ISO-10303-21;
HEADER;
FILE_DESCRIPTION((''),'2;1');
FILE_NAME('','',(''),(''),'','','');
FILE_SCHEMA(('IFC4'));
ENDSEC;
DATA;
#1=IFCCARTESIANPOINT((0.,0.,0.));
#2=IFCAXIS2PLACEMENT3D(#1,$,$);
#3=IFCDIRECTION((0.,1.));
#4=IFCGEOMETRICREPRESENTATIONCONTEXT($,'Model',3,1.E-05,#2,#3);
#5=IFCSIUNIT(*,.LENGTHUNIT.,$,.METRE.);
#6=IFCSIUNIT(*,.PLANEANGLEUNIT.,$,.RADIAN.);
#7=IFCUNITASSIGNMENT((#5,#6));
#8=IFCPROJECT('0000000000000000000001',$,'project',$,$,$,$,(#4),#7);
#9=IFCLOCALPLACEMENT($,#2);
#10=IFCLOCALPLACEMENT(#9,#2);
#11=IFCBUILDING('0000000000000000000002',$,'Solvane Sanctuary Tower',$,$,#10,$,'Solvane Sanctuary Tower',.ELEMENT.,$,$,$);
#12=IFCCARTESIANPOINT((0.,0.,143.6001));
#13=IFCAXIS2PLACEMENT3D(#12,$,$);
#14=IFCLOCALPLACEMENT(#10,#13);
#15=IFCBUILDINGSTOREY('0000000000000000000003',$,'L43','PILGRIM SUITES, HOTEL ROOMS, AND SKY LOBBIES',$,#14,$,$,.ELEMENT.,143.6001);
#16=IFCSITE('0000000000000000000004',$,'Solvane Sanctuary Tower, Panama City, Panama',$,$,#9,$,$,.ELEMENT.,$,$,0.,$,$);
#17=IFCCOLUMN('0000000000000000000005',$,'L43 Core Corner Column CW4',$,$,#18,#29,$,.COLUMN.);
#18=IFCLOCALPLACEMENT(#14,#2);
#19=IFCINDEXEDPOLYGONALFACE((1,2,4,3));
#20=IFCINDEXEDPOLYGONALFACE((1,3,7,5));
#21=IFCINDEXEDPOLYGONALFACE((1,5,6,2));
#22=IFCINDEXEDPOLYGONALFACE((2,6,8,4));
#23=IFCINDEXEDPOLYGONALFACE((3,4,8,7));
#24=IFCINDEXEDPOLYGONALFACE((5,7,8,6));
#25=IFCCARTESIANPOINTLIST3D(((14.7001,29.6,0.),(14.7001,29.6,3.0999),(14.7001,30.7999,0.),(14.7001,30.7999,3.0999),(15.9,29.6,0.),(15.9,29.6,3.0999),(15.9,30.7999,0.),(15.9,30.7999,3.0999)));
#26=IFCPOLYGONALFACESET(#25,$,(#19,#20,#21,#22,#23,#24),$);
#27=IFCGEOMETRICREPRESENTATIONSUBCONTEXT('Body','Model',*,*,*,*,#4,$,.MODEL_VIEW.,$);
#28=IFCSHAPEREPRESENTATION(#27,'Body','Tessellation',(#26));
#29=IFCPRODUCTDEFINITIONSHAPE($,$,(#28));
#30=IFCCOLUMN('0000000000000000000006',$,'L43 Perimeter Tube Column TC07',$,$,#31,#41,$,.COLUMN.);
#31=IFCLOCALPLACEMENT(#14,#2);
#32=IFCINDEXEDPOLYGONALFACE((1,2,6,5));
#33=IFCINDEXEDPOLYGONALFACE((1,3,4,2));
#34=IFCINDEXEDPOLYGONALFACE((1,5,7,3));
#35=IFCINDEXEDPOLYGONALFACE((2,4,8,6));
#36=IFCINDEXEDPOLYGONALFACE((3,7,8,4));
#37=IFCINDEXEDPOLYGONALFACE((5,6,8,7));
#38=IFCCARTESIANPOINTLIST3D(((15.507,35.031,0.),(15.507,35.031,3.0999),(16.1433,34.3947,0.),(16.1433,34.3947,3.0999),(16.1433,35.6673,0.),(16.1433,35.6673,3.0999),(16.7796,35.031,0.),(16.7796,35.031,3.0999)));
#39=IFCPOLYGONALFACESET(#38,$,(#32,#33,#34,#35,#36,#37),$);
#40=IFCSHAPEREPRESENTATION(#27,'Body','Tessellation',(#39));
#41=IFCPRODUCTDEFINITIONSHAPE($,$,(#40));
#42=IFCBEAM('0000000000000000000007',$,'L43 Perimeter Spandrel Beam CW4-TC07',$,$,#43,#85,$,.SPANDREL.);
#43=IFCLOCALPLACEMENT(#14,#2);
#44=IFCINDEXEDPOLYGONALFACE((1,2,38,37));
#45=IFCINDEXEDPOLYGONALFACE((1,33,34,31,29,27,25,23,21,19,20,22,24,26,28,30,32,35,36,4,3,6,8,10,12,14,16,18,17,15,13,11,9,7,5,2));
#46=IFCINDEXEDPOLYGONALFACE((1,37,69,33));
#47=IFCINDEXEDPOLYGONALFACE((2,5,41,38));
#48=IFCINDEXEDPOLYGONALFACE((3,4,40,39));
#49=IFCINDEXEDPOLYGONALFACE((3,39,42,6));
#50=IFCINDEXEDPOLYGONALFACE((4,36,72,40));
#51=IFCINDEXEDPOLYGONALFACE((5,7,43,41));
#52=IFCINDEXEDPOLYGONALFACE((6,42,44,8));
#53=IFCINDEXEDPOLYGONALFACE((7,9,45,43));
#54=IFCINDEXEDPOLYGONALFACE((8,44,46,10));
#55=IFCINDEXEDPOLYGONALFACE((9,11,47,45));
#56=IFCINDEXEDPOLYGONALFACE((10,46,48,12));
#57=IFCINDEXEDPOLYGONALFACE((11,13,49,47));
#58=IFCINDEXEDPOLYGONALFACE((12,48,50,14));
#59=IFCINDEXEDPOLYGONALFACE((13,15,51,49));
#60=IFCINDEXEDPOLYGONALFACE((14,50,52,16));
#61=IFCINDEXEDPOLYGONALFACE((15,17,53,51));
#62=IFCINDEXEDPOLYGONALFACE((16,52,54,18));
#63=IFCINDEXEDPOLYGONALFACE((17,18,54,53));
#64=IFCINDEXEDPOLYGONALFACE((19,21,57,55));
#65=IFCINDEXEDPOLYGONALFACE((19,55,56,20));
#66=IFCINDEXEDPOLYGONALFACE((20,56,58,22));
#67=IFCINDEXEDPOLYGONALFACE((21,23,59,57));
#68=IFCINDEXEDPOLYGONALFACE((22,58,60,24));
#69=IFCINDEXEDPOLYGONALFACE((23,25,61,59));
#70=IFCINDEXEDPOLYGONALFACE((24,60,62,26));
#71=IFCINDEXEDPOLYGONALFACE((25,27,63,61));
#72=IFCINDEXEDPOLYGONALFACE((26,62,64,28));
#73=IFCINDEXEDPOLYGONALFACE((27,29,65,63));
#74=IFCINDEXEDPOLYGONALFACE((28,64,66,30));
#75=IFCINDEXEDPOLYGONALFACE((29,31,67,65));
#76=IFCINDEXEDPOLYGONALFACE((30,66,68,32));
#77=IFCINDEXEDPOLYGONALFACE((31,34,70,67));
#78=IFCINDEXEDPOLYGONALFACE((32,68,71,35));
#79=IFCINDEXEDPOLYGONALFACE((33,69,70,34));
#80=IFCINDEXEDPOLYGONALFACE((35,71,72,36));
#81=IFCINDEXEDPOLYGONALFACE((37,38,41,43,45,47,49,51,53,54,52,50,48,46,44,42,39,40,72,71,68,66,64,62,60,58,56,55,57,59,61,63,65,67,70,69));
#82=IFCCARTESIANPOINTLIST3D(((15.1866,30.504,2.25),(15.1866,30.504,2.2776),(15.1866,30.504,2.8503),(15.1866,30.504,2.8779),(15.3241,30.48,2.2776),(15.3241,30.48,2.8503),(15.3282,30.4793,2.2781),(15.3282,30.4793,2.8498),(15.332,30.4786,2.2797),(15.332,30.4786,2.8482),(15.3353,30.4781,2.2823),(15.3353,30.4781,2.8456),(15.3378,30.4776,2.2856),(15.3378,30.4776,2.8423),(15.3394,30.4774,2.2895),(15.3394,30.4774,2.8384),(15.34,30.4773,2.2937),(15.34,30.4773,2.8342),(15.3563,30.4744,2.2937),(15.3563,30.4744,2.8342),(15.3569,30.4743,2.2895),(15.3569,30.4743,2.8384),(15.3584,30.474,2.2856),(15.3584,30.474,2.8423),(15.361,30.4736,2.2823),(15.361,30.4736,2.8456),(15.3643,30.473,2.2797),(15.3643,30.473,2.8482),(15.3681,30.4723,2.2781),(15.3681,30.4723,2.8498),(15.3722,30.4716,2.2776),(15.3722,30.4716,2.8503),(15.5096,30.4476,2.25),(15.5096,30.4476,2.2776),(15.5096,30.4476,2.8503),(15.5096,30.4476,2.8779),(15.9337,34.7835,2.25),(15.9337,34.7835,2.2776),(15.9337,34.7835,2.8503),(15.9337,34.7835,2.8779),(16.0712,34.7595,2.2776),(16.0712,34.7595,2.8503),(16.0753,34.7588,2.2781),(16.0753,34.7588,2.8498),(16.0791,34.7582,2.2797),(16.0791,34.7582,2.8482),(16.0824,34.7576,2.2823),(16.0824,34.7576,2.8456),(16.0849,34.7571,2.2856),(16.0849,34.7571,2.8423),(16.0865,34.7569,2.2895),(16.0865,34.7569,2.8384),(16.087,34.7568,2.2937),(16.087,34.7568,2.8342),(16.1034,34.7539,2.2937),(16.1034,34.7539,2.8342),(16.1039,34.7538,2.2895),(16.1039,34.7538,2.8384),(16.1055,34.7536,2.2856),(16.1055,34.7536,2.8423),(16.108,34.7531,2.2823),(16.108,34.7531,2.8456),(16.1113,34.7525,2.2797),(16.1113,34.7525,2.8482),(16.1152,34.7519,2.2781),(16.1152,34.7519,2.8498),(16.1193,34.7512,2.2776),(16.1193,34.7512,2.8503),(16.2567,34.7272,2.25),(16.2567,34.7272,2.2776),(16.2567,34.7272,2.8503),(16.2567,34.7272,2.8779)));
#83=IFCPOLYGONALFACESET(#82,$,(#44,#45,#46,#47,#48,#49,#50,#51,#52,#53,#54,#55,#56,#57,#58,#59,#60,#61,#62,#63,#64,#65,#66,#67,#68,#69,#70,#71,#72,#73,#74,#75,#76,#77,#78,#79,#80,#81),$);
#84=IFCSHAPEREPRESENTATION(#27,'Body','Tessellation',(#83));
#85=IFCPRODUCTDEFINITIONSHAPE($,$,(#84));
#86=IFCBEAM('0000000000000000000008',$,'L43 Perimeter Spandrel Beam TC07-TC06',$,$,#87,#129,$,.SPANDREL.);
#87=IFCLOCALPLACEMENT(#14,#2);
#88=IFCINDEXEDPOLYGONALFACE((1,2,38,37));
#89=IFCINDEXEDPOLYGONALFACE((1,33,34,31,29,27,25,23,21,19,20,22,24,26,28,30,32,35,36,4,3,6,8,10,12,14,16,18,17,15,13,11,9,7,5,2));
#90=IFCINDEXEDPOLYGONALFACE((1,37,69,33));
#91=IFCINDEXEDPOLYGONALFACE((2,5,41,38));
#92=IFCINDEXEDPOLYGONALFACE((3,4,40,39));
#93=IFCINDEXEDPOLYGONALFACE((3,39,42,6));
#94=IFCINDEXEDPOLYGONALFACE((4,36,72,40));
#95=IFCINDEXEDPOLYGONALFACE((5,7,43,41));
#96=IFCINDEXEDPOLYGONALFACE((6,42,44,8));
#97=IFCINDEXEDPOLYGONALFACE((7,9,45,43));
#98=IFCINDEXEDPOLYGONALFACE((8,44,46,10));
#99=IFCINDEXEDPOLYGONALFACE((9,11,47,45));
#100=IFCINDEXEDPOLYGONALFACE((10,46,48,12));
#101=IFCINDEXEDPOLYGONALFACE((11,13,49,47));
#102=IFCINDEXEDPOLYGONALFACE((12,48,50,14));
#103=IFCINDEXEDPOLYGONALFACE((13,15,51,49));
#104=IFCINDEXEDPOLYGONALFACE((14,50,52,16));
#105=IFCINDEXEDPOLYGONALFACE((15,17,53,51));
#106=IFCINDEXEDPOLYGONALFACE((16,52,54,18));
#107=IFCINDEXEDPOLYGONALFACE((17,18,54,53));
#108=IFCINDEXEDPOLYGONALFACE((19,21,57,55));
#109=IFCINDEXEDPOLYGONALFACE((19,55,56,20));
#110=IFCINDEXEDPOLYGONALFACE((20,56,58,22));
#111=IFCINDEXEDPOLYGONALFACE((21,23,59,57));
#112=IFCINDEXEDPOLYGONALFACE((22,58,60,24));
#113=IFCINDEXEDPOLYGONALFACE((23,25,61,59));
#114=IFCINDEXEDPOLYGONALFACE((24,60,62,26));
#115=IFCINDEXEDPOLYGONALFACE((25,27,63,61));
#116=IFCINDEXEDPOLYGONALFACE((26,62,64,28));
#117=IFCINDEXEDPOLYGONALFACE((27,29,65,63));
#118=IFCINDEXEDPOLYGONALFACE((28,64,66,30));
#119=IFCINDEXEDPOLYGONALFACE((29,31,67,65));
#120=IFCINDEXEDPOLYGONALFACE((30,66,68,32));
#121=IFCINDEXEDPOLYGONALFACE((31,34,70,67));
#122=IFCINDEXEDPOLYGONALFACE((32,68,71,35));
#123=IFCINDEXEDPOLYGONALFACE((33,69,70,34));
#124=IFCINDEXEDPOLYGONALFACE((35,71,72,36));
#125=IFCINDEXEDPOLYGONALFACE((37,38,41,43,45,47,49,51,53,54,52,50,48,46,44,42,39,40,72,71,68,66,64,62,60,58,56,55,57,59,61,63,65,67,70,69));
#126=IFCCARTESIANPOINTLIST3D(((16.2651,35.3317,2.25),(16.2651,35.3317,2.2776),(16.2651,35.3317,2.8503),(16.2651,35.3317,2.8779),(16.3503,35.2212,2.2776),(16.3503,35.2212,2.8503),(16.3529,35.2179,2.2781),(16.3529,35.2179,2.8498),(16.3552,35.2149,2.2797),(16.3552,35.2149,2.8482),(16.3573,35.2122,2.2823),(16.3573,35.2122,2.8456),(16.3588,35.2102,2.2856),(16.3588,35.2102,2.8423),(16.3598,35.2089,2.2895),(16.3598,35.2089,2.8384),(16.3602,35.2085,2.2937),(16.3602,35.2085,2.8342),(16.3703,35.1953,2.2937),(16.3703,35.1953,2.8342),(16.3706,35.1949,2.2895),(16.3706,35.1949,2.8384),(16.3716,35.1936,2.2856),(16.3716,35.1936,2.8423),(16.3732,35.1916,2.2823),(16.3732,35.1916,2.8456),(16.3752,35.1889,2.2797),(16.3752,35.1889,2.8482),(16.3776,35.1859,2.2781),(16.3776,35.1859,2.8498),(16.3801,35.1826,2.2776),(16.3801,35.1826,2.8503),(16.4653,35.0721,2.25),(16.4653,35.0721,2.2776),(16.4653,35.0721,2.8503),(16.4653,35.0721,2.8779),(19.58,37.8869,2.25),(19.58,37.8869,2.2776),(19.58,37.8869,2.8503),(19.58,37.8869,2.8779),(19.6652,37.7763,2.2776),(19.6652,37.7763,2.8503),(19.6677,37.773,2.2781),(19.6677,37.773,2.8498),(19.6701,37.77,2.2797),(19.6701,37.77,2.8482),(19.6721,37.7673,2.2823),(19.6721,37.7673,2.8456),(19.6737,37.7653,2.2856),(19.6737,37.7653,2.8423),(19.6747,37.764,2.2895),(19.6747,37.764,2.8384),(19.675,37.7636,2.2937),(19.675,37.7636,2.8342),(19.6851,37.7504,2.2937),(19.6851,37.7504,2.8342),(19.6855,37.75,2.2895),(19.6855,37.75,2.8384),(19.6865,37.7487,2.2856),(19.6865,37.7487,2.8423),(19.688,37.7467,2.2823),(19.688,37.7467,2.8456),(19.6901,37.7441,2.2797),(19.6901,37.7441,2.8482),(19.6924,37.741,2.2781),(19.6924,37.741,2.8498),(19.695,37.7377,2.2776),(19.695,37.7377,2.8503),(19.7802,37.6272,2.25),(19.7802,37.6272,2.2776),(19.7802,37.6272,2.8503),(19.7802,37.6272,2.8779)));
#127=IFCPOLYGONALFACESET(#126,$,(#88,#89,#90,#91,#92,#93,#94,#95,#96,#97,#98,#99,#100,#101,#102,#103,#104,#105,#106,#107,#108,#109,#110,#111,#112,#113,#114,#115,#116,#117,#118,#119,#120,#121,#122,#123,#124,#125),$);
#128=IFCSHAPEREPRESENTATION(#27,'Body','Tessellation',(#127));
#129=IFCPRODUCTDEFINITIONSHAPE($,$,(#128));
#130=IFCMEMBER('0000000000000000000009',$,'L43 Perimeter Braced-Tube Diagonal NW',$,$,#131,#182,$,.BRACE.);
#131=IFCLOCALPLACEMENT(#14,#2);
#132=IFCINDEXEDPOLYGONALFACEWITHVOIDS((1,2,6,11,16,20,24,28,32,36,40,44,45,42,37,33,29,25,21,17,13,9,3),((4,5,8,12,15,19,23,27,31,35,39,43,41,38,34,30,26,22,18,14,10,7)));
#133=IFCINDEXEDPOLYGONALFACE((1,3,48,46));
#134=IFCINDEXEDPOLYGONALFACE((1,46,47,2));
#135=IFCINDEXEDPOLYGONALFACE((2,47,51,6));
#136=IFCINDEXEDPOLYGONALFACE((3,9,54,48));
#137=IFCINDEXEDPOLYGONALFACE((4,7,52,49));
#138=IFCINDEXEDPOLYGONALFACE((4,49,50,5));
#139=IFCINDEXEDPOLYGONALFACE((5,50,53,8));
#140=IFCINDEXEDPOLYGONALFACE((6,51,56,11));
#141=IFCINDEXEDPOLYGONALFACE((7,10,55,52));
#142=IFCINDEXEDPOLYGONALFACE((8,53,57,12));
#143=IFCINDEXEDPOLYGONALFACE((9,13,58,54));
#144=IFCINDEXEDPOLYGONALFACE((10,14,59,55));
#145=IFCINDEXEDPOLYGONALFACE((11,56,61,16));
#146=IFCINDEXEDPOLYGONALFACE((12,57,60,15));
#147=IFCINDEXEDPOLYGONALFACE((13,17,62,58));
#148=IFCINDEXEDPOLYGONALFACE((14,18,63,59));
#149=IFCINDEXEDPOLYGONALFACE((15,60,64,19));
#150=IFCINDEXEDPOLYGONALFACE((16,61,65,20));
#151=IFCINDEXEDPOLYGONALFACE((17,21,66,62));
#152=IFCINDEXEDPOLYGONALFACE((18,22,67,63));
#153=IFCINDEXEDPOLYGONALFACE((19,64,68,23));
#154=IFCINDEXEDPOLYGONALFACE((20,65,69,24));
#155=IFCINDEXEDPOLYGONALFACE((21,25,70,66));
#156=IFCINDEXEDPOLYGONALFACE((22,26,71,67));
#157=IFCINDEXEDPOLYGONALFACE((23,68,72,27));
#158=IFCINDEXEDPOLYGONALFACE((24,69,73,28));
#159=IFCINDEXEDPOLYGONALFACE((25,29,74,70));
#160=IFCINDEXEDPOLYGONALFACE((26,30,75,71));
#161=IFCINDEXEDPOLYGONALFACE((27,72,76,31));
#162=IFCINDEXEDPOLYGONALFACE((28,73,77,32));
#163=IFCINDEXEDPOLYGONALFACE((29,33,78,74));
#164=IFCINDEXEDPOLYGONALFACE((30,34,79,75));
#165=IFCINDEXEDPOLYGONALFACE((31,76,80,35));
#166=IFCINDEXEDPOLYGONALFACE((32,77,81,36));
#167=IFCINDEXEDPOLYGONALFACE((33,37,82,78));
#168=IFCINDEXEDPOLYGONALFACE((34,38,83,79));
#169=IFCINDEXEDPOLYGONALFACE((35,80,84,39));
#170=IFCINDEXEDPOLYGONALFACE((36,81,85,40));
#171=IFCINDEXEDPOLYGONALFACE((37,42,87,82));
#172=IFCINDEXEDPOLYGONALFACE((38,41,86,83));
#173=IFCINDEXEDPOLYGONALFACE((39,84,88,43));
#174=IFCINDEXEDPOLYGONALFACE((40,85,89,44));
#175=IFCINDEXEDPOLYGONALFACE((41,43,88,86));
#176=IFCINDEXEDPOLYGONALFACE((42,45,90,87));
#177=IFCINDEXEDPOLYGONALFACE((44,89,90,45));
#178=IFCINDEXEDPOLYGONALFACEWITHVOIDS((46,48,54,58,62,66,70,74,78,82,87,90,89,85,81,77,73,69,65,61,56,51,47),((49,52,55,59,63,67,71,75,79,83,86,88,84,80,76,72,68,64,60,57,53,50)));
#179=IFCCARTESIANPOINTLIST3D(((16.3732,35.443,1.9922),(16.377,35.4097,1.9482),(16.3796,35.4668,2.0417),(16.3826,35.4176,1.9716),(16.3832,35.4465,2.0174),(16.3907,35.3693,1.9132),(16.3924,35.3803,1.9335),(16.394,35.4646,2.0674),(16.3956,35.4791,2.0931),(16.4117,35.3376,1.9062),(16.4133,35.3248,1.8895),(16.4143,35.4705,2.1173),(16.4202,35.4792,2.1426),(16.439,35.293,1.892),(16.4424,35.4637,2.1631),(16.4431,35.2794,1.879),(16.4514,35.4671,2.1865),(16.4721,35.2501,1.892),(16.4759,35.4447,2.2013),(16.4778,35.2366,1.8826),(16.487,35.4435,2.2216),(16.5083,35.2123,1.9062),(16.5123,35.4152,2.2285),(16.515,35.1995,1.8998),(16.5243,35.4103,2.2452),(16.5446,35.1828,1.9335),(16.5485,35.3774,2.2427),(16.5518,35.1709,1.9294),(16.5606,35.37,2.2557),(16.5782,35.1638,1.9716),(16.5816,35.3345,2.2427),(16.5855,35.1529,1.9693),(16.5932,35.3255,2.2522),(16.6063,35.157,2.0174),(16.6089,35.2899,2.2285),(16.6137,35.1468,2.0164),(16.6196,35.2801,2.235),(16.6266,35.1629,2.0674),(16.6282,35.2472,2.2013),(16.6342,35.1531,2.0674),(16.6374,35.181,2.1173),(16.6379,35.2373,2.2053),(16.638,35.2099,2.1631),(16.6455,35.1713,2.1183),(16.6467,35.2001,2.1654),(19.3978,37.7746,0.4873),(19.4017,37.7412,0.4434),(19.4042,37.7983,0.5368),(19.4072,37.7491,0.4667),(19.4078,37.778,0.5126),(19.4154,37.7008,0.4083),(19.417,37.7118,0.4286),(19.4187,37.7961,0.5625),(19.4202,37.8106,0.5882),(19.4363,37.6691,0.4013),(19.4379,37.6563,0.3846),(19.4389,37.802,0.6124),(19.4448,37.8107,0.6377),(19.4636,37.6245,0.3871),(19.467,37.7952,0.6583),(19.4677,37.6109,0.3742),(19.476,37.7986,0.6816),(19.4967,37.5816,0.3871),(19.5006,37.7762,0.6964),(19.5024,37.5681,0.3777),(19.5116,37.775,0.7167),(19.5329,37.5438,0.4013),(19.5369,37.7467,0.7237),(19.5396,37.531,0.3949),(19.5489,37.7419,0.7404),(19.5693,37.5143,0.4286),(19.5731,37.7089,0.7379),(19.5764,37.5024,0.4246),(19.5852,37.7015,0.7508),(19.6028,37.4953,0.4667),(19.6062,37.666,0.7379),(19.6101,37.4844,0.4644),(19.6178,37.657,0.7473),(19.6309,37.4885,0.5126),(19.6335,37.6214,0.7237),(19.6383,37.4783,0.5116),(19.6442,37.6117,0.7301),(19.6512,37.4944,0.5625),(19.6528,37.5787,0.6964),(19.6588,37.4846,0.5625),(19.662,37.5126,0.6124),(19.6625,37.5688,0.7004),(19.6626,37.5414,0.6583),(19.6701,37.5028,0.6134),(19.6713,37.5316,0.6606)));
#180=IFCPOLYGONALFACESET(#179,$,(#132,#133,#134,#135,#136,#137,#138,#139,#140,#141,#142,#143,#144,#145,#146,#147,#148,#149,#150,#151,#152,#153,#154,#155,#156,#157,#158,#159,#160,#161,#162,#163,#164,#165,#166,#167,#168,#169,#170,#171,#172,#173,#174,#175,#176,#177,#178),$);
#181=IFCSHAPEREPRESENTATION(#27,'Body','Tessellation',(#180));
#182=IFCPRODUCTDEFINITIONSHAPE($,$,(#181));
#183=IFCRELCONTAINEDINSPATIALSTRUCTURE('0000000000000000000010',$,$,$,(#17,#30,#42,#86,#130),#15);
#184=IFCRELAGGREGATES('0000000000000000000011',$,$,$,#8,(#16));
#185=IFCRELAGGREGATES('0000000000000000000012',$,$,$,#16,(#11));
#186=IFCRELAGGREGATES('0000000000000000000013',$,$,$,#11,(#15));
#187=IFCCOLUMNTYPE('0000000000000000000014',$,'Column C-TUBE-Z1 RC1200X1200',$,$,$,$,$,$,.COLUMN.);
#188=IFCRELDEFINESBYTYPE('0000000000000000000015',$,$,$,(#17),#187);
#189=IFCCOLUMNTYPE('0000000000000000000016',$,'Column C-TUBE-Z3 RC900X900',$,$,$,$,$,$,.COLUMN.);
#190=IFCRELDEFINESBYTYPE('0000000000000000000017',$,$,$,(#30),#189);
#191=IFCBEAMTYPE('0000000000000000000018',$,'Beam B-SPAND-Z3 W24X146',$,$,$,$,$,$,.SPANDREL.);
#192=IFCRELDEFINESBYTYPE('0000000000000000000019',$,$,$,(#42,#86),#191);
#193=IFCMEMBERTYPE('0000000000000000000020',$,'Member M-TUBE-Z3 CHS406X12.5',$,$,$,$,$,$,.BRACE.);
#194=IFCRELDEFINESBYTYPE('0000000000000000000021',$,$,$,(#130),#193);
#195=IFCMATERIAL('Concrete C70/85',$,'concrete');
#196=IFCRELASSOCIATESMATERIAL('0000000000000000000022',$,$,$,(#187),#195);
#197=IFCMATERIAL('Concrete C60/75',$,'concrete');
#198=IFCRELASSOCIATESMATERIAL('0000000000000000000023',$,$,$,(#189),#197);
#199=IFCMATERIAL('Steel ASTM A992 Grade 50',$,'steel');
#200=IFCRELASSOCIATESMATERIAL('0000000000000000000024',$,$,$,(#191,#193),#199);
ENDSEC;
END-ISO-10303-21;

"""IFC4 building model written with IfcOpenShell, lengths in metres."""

from ifc_helpers import new_model, si_unit, direction, frame, origin, origin_2d, place, context, subcontext, project, spatial, rectangle, hollow_circle, i_section, extrude, material, material_profile, profile_set, type_object, element, save


model = new_model("IFC4")

# Units and contexts
model_context = context("Model", 3, precision=1e-05, world=origin(), true_north=direction((0.0, 1.0)))
body_context = subcontext(model_context, "Body", "Model", "MODEL_VIEW")
ifc_project = project(units=[si_unit("LENGTHUNIT", "METRE"), si_unit("PLANEANGLEUNIT", "RADIAN")], contexts=[model_context])

# Site, building, storey
site_placement = place(None, origin())
site = spatial("IfcSite", under=ifc_project, at=site_placement, Name="Solvane Sanctuary Tower, Panama City, Panama", CompositionType="ELEMENT", RefElevation=0.0)
building_placement = place(site_placement, origin())
building = spatial("IfcBuilding", under=site, at=building_placement, Name="Solvane Sanctuary Tower", LongName="Solvane Sanctuary Tower", CompositionType="ELEMENT")
storey_placement = place(building_placement, frame((0.0, 0.0, 143.6001)))
storey = spatial("IfcBuildingStorey", under=building, at=storey_placement, Name="L43", Description="PILGRIM SUITES, HOTEL ROOMS, AND SKY LOBBIES", CompositionType="ELEMENT", Elevation=143.6001)

# Columns
ifc_material_1 = material(Name="Concrete C70/85", Category="concrete")
ifc_material_profile_1 = material_profile(ifc_material_1, rectangle(XDim=1.2, YDim=1.2, at=origin_2d()), Name="RC1200X1200")
ifc_profile_set_1 = profile_set([ifc_material_profile_1], Name="Concrete C70/85")
column_type_1 = type_object("IfcColumnType", Name="Column C-TUBE-Z1 RC1200X1200", PredefinedType="COLUMN", material=ifc_profile_set_1)
column_1_placement = place(storey_placement, frame((15.3, 30.2, 0.0), z_axis=(0.0, 0.0, 1.0), x_axis=(1.0, 0.0, 0.0)))
element("IfcColumn", 1, at=column_1_placement, inside=storey, type_object=column_type_1, Name="L43 Core Corner Column CW4", PredefinedType="COLUMN", context=body_context, shape_type="SweptSolid", body=[
    extrude(rectangle(XDim=1.2, YDim=1.2, at=origin_2d()), origin(), (0.0, 0.0, 1.0), 3.0999),
])
ifc_material_2 = material(Name="Concrete C60/75", Category="concrete")
ifc_material_profile_2 = material_profile(ifc_material_2, rectangle(XDim=0.8999, YDim=0.8999, at=origin_2d()), Name="RC900X900")
ifc_profile_set_2 = profile_set([ifc_material_profile_2], Name="Concrete C60/75")
column_type_2 = type_object("IfcColumnType", Name="Column C-TUBE-Z3 RC900X900", PredefinedType="COLUMN", material=ifc_profile_set_2)
column_2_placement = place(storey_placement, frame((16.1433, 35.031, 0.0), z_axis=(0.0, 0.0, 1.0), x_axis=(-0.707107, 0.707107, 0.0)))
element("IfcColumn", 2, at=column_2_placement, inside=storey, type_object=column_type_2, Name="L43 Perimeter Tube Column TC07", PredefinedType="COLUMN", context=body_context, shape_type="SweptSolid", body=[
    extrude(rectangle(XDim=0.8999, YDim=0.8999, at=origin_2d()), origin(), (0.0, 0.0, 1.0), 3.0999),
])

# Beams
ifc_material_3 = material(Name="Steel ASTM A992 Grade 50", Category="steel")
ifc_material_profile_3 = material_profile(ifc_material_3, i_section(OverallWidth=0.3279, OverallDepth=0.6279, WebThickness=0.0166, FlangeThickness=0.0276, FilletRadius=0.0161, at=origin_2d()), Name="W24X146")
ifc_profile_set_3 = profile_set([ifc_material_profile_3], Name="Steel ASTM A992 Grade 50")
beam_type = type_object("IfcBeamType", Name="Beam B-SPAND-Z3 W24X146", PredefinedType="SPANDREL", material=ifc_profile_set_3)
beam_1_placement = place(storey_placement, frame((15.3481, 30.4758, 2.564), z_axis=(0.171967, 0.985103, 0.0), x_axis=(-0.985103, 0.171967, 0.0)))
element("IfcBeam", 3, at=beam_1_placement, inside=storey, type_object=beam_type, Name="L43 Perimeter Spandrel Beam CW4-TC07", PredefinedType="SPANDREL", context=body_context, shape_type="SweptSolid", body=[
    extrude(i_section(OverallWidth=0.3279, OverallDepth=0.6279, WebThickness=0.0166, FlangeThickness=0.0276, FilletRadius=0.0161, at=origin_2d()), origin(), (0.0, 0.0, 1.0), 4.3442),
])
beam_2_placement = place(storey_placement, frame((16.3652, 35.2019, 2.564), z_axis=(0.792021, 0.610494, 0.0), x_axis=(-0.610494, 0.792021, 0.0)))
element("IfcBeam", 4, at=beam_2_placement, inside=storey, type_object=beam_type, Name="L43 Perimeter Spandrel Beam TC07-TC06", PredefinedType="SPANDREL", context=body_context, shape_type="SweptSolid", body=[
    extrude(i_section(OverallWidth=0.3279, OverallDepth=0.6279, WebThickness=0.0166, FlangeThickness=0.0276, FilletRadius=0.0161, at=origin_2d()), origin(), (0.0, 0.0, 1.0), 4.1853),
])

# Member
ifc_material_profile_4 = material_profile(ifc_material_3, hollow_circle(Radius=0.2029, WallThickness=0.0125, at=origin_2d()), Name="CHS406X12.5")
ifc_profile_set_4 = profile_set([ifc_material_profile_4], Name="Steel ASTM A992 Grade 50")
member_type = type_object("IfcMemberType", Name="Member M-TUBE-Z3 CHS406X12.5", PredefinedType="BRACE", material=ifc_profile_set_4)
member_placement = place(storey_placement, frame((19.5349, 37.6453, 0.5625), z_axis=(-0.73686, -0.568005, 0.366616), x_axis=(0.610514, -0.792006, 0.0)))
element("IfcMember", 5, at=member_placement, inside=storey, type_object=member_type, Name="L43 Perimeter Braced-Tube Diagonal NW", PredefinedType="BRACE", context=body_context, shape_type="SweptSolid", body=[
    extrude(hollow_circle(Radius=0.2029, WallThickness=0.0125, at=origin_2d()), origin(), (0.0, 0.0, 1.0), 4.1047),
])

save(model, "model.ifc")
